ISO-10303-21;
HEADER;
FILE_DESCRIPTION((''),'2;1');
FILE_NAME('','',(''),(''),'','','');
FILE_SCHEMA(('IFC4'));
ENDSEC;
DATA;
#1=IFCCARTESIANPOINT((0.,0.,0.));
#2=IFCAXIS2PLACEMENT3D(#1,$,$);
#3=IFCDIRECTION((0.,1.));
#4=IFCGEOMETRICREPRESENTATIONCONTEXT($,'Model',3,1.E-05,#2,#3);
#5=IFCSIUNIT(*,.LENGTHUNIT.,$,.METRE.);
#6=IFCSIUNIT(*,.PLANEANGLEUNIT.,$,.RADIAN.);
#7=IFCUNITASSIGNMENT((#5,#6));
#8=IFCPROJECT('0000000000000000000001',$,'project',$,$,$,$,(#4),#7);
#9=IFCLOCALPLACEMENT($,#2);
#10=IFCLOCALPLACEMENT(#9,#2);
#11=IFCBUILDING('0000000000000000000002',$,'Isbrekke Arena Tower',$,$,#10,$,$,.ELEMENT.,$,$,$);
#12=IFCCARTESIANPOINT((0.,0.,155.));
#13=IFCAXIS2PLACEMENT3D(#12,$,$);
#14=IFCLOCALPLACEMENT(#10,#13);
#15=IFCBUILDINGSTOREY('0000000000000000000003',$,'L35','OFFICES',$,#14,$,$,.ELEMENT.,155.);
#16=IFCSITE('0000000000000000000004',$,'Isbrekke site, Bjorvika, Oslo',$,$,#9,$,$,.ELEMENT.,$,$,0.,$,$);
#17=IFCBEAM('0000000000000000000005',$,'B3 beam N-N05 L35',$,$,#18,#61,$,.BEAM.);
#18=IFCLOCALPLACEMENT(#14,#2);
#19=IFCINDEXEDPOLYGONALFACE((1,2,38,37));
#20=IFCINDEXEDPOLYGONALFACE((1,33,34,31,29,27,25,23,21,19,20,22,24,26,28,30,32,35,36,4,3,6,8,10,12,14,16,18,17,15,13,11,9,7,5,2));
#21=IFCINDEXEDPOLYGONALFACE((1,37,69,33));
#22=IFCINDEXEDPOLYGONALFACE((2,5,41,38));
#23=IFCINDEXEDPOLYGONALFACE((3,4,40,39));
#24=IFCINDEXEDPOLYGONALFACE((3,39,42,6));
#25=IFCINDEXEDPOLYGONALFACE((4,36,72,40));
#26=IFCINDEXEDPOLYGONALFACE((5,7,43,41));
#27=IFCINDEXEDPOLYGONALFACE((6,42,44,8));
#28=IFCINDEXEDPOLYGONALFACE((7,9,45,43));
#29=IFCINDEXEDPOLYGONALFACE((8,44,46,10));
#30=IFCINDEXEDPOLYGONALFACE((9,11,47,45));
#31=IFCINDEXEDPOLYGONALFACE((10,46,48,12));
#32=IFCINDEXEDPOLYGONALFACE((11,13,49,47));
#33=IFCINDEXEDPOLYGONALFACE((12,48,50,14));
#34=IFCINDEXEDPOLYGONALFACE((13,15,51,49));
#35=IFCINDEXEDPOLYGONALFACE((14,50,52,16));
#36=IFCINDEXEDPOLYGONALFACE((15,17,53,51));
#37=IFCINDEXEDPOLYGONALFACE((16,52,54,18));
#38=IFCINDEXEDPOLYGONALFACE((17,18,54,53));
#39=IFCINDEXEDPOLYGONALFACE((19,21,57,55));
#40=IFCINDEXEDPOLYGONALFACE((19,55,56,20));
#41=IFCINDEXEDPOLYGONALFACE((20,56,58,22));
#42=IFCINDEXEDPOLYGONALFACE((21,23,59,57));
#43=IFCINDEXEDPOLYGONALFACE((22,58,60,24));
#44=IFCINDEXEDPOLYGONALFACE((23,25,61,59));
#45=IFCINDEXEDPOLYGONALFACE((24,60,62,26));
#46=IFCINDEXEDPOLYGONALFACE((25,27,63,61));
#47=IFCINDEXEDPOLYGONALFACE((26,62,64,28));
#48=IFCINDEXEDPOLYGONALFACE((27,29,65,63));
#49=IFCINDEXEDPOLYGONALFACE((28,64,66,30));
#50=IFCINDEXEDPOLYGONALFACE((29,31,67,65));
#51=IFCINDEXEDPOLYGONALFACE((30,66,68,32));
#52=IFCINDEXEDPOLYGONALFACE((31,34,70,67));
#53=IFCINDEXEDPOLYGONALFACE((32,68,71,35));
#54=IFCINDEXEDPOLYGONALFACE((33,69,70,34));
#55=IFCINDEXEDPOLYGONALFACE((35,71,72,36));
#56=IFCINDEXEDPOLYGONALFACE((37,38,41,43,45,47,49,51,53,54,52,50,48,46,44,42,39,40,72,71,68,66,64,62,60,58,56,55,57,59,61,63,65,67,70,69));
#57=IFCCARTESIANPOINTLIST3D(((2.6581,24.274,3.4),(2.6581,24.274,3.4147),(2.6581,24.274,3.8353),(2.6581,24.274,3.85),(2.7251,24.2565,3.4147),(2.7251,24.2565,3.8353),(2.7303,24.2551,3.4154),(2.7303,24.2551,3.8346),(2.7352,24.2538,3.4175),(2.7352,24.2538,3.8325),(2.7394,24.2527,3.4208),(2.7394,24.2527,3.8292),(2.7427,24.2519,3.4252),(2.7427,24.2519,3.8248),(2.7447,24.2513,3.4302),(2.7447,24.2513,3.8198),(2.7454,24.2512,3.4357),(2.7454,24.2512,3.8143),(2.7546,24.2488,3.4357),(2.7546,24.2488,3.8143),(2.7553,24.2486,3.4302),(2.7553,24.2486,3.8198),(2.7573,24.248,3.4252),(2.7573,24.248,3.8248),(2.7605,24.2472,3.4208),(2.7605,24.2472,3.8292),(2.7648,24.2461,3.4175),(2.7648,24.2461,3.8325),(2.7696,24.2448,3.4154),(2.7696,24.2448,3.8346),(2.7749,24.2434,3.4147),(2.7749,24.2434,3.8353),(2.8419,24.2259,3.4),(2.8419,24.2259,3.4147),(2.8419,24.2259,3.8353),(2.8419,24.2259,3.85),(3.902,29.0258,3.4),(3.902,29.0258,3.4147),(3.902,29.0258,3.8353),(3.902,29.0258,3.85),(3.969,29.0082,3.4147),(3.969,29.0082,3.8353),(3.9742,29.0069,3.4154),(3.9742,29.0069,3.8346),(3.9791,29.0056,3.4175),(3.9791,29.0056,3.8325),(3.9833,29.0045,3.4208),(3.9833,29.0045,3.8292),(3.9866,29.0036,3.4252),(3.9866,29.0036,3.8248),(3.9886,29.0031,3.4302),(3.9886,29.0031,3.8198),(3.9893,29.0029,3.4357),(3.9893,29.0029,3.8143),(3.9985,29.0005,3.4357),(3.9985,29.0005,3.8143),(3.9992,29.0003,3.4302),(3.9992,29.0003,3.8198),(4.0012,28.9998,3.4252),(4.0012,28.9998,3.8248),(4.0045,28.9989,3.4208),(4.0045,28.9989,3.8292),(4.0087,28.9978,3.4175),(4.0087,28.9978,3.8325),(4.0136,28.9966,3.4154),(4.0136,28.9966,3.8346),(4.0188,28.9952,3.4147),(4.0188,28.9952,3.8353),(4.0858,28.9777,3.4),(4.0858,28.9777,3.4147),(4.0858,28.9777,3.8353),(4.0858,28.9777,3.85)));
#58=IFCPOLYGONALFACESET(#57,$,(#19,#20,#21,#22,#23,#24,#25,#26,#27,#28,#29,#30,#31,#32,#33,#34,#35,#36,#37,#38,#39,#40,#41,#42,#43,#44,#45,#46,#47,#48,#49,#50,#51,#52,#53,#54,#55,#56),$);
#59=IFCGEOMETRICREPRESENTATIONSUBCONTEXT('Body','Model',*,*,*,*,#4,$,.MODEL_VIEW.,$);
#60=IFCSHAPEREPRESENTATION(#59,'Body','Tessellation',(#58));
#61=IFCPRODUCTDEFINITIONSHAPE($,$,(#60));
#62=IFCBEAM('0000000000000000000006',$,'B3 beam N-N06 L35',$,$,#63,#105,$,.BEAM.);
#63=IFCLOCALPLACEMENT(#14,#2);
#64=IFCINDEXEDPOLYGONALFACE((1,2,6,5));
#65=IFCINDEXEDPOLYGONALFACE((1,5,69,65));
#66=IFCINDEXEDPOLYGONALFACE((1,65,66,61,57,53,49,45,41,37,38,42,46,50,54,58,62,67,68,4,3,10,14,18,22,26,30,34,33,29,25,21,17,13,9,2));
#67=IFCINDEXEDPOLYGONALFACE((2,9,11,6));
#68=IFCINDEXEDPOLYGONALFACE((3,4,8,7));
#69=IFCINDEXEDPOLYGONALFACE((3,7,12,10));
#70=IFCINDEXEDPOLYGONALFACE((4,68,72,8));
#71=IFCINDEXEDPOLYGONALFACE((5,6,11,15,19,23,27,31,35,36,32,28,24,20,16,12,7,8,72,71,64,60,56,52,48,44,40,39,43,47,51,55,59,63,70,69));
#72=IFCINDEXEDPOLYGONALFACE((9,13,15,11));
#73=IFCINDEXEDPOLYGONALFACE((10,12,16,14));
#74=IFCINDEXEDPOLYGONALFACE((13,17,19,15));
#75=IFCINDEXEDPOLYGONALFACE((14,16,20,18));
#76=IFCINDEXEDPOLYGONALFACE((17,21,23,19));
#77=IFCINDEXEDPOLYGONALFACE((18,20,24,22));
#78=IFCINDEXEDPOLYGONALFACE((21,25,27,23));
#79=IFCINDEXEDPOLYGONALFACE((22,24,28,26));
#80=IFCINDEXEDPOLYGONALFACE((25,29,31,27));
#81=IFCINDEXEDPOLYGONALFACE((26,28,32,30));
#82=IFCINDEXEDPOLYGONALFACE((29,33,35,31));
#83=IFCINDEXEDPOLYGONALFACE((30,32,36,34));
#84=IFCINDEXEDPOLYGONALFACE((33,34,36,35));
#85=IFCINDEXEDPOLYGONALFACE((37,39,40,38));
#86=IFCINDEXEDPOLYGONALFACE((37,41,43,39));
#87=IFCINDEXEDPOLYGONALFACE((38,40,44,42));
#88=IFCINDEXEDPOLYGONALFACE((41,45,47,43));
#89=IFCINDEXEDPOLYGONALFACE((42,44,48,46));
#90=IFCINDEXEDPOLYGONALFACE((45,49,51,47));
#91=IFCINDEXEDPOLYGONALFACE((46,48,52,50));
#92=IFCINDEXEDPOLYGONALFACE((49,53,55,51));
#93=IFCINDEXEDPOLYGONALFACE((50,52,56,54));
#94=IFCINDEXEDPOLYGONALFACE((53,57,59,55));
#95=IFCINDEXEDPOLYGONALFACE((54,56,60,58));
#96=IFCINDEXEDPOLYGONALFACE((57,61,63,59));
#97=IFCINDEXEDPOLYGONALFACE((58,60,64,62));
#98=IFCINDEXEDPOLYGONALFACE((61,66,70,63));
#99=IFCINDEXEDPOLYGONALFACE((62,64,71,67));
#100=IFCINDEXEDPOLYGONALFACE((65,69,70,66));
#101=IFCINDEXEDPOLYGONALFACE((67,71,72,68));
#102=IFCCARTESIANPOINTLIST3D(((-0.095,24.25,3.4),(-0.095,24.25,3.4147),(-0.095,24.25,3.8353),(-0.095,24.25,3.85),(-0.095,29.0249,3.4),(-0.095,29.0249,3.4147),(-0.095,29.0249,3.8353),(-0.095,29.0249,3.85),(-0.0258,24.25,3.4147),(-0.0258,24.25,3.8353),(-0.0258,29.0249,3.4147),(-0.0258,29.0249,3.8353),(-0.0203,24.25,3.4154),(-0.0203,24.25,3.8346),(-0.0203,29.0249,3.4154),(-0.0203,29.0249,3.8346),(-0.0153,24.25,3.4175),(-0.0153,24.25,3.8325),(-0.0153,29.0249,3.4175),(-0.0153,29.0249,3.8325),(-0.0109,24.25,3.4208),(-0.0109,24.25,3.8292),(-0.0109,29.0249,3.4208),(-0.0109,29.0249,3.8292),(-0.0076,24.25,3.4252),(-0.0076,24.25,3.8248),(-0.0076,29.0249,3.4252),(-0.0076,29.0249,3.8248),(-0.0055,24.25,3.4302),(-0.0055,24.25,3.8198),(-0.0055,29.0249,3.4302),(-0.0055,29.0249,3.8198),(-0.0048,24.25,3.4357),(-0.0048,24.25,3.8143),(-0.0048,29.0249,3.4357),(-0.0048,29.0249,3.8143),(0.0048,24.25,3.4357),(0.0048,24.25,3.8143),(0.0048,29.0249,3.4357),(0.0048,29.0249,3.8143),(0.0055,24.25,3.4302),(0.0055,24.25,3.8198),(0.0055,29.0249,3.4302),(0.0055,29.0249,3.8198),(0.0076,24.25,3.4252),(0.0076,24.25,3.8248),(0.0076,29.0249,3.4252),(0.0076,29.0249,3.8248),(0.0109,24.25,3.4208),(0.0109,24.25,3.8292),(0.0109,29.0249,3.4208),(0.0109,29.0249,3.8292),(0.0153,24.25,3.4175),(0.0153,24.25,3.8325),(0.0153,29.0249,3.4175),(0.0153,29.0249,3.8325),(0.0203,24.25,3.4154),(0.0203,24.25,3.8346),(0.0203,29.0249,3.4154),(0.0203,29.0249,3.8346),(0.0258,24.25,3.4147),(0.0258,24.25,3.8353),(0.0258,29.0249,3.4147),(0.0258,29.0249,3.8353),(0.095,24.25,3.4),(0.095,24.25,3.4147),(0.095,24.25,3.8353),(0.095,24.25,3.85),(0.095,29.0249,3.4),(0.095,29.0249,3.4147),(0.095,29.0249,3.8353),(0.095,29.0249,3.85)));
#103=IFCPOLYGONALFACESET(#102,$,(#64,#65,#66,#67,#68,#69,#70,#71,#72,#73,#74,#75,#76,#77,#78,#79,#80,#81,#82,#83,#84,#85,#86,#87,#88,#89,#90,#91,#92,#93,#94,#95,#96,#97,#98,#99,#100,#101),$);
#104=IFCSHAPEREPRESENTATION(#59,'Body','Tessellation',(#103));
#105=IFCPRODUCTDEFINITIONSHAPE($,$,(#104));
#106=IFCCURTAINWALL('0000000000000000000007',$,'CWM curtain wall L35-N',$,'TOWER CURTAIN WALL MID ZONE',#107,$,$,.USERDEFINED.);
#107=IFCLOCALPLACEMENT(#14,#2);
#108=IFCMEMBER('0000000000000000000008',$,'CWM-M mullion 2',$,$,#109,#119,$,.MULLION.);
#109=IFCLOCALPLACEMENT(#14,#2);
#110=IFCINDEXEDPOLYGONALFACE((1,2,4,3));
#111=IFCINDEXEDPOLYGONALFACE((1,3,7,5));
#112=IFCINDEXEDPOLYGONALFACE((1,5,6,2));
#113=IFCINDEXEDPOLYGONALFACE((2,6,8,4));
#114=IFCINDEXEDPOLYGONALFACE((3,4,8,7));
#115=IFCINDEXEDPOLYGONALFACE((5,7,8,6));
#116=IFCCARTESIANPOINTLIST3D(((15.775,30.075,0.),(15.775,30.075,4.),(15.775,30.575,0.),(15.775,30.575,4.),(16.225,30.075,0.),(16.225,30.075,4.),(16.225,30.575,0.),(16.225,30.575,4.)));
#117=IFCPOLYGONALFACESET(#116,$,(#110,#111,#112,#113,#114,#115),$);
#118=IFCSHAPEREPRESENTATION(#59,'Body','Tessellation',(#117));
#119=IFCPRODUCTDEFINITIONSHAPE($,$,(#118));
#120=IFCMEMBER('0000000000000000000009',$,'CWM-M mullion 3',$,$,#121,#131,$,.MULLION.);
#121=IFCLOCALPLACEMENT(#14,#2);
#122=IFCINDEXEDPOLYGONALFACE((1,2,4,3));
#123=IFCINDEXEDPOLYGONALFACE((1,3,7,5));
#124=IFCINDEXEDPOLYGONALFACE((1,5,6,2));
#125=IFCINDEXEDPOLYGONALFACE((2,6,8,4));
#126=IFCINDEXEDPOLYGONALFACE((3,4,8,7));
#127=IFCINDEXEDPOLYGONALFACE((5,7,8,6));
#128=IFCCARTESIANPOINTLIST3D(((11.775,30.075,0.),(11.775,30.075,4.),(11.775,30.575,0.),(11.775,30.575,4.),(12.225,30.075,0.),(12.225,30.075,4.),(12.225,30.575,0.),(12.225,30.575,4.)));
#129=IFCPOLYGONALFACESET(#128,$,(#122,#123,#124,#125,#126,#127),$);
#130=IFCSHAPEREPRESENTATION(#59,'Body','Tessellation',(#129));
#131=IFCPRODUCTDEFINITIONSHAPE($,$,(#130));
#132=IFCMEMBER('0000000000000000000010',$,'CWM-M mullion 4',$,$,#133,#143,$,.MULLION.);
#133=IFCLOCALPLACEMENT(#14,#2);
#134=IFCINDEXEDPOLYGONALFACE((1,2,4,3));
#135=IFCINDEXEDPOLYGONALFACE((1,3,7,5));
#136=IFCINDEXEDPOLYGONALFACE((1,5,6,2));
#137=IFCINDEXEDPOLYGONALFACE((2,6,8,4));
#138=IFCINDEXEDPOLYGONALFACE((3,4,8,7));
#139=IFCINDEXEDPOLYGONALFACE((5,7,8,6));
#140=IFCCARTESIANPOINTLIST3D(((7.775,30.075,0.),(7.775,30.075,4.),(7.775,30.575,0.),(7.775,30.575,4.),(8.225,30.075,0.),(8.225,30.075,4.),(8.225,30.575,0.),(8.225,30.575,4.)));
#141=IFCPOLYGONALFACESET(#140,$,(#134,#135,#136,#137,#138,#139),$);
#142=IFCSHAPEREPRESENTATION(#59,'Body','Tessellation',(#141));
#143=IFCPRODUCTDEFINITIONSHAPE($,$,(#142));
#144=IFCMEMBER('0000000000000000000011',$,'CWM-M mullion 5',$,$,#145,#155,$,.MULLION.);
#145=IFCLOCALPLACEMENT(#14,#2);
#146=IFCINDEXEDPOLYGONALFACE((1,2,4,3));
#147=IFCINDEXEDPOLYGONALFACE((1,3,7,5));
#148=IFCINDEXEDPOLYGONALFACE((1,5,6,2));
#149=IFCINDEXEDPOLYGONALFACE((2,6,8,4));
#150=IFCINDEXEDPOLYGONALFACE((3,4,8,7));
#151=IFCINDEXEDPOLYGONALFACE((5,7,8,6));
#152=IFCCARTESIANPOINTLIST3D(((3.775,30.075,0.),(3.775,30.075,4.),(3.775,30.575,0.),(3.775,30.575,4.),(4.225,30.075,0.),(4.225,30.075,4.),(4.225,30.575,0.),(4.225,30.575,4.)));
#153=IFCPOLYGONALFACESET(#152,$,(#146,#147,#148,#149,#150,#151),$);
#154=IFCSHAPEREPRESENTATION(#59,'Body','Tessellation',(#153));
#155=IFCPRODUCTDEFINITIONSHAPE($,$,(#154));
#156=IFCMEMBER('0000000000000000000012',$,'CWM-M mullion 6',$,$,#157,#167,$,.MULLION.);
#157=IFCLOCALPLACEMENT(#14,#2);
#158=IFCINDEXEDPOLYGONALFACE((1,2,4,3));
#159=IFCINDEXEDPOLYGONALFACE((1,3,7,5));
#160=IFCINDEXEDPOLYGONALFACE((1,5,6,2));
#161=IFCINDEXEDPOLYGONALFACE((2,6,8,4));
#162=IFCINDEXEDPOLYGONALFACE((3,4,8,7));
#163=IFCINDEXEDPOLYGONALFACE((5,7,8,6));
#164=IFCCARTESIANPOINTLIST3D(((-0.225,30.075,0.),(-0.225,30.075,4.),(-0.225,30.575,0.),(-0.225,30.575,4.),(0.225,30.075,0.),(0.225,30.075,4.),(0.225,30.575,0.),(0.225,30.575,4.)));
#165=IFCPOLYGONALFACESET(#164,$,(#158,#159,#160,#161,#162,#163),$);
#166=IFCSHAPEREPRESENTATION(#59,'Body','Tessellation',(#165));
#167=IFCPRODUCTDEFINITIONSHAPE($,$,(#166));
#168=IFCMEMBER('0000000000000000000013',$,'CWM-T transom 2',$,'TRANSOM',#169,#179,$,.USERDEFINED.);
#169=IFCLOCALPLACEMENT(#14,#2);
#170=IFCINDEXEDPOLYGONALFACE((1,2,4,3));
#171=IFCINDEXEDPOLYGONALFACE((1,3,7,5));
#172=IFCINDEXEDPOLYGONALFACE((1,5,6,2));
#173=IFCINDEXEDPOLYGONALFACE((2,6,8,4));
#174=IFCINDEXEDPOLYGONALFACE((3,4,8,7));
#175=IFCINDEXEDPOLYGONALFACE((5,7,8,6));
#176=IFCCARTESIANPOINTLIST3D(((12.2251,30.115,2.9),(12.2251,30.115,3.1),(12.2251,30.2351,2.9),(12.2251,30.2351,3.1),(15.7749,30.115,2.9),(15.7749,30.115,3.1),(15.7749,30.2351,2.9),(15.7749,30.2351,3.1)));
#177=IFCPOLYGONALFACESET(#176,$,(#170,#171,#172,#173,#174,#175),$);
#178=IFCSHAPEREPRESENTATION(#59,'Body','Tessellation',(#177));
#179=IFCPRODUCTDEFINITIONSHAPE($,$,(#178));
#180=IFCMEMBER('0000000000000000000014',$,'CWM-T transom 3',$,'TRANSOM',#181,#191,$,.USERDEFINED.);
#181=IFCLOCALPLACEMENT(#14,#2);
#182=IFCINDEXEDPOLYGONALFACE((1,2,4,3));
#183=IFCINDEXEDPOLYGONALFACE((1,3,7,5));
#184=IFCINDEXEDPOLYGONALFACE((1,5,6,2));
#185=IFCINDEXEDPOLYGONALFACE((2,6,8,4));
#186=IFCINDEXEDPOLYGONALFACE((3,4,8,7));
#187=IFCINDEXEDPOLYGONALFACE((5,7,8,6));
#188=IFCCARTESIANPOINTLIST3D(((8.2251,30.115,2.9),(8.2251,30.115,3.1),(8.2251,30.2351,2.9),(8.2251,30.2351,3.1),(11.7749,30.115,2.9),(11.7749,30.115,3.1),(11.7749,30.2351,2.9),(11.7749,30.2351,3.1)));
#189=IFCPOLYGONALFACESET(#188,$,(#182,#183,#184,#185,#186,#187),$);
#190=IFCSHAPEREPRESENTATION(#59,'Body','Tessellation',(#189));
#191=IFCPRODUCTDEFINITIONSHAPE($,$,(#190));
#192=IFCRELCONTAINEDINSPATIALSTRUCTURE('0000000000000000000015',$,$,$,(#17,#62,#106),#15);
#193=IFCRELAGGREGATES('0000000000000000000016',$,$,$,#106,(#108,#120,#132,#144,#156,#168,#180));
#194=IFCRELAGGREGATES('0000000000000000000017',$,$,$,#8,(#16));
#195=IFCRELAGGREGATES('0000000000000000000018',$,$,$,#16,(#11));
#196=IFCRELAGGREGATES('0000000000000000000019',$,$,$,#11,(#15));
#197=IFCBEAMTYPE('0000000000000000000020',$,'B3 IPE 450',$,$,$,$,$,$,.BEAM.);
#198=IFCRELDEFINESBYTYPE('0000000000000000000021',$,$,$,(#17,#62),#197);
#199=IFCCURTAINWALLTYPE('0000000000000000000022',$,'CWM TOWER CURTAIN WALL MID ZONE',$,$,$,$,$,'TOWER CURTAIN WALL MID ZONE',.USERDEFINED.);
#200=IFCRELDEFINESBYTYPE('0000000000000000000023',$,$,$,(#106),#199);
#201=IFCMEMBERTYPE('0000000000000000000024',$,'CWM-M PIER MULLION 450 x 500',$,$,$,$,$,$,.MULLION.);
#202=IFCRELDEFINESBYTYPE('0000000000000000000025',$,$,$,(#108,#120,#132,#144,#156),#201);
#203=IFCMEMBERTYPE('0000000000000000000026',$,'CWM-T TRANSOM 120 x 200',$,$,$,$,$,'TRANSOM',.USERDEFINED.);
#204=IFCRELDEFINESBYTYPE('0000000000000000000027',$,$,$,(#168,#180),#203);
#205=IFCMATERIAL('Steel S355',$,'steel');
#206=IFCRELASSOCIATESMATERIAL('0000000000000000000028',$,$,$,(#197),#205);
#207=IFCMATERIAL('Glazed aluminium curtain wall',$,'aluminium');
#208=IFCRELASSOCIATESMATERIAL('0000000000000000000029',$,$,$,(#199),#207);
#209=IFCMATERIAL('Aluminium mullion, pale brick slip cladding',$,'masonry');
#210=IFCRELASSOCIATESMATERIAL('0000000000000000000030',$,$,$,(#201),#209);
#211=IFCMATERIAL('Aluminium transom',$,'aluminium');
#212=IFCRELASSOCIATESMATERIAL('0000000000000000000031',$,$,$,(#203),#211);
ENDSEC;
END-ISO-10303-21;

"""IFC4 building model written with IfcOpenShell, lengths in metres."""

from ifc_helpers import new_model, si_unit, direction, frame, origin, origin_2d, place, context, subcontext, project, spatial, rectangle, i_section, extrude, material, material_profile, profile_set, type_object, element, aggregate, save


model = new_model("IFC4")

# Units and contexts
model_context = context("Model", 3, precision=1e-05, world=origin(), true_north=direction((0.0, 1.0)))
body_context = subcontext(model_context, "Body", "Model", "MODEL_VIEW")
ifc_project = project(units=[si_unit("LENGTHUNIT", "METRE"), si_unit("PLANEANGLEUNIT", "RADIAN")], contexts=[model_context])

# Site, building, storey
site_placement = place(None, origin())
site = spatial("IfcSite", under=ifc_project, at=site_placement, Name="Isbrekke site, Bjorvika, Oslo", CompositionType="ELEMENT", RefElevation=0.0)
building_placement = place(site_placement, origin())
building = spatial("IfcBuilding", under=site, at=building_placement, Name="Isbrekke Arena Tower", CompositionType="ELEMENT")
storey_placement = place(building_placement, frame((0.0, 0.0, 155.0)))
storey = spatial("IfcBuildingStorey", under=building, at=storey_placement, Name="L35", Description="OFFICES", CompositionType="ELEMENT", Elevation=155.0)

# Beams
ifc_material_1 = material(Name="Steel S355", Category="steel")
ifc_material_profile_1 = material_profile(ifc_material_1, i_section(OverallWidth=0.1899, OverallDepth=0.45, WebThickness=0.0095, FlangeThickness=0.0146, FilletRadius=0.021, at=origin_2d()), Name="IPE 450")
ifc_profile_set_1 = profile_set([ifc_material_profile_1], Name="Steel S355")
beam_type_1 = type_object("IfcBeamType", Name="B3 IPE 450", PredefinedType="BEAM", material=ifc_profile_set_1)
beam_1_placement = place(storey_placement, frame((3.9939, 29.0017, 3.625), z_axis=(-0.253245, -0.967402, 0.0), x_axis=(0.967402, -0.253245, 0.0)))
element("IfcBeam", 1, at=beam_1_placement, inside=storey, type_object=beam_type_1, Name="B3 beam N-N05 L35", PredefinedType="BEAM", context=body_context, shape_type="SweptSolid", body=[
    extrude(i_section(OverallWidth=0.1899, OverallDepth=0.45, WebThickness=0.0095, FlangeThickness=0.0146, FilletRadius=0.021, at=origin_2d()), origin(), (0.0, 0.0, 1.0), 4.9119),
])
beam_2_placement = place(storey_placement, frame((0.0, 29.0249, 3.625), z_axis=(0.0, -1.0, 0.0), x_axis=(1.0, 0.0, 0.0)))
element("IfcBeam", 2, at=beam_2_placement, inside=storey, type_object=beam_type_1, Name="B3 beam N-N06 L35", PredefinedType="BEAM", context=body_context, shape_type="SweptSolid", body=[
    extrude(i_section(OverallWidth=0.1899, OverallDepth=0.45, WebThickness=0.0095, FlangeThickness=0.0146, FilletRadius=0.021, at=origin_2d()), origin(), (0.0, 0.0, 1.0), 4.7749),
])

# Curtain wall, members
ifc_material_2 = material(Name="Glazed aluminium curtain wall", Category="aluminium")
curtain_wall_type = type_object("IfcCurtainWallType", Name="CWM TOWER CURTAIN WALL MID ZONE", ElementType="TOWER CURTAIN WALL MID ZONE", PredefinedType="USERDEFINED", material=ifc_material_2)
curtain_wall_placement = place(storey_placement, origin())
curtain_wall = element("IfcCurtainWall", 3, at=curtain_wall_placement, inside=storey, type_object=curtain_wall_type, Name="CWM curtain wall L35-N", ObjectType="TOWER CURTAIN WALL MID ZONE", PredefinedType="USERDEFINED")
ifc_material_3 = material(Name="Aluminium mullion, pale brick slip cladding", Category="masonry")
ifc_material_profile_2 = material_profile(ifc_material_3, rectangle(XDim=0.45, YDim=0.5, at=origin_2d()), Name="PIER 450X500")
ifc_profile_set_2 = profile_set([ifc_material_profile_2], Name="Aluminium mullion, pale brick slip cladding")
member_type_1 = type_object("IfcMemberType", Name="CWM-M PIER MULLION 450 x 500", PredefinedType="MULLION", material=ifc_profile_set_2)
member_1_placement = place(storey_placement, frame((16.0, 30.325, 0.0), z_axis=(0.0, 0.0, 1.0), x_axis=(-1.0, 0.0, 0.0)))
member_1 = element("IfcMember", 4, at=member_1_placement, type_object=member_type_1, Name="CWM-M mullion 2", PredefinedType="MULLION", context=body_context, shape_type="SweptSolid", body=[
    extrude(rectangle(XDim=0.45, YDim=0.5, at=origin_2d()), origin(), (0.0, 0.0, 1.0), 4.0),
])
member_2_placement = place(storey_placement, frame((12.0, 30.325, 0.0), z_axis=(0.0, 0.0, 1.0), x_axis=(-1.0, 0.0, 0.0)))
member_2 = element("IfcMember", 5, at=member_2_placement, type_object=member_type_1, Name="CWM-M mullion 3", PredefinedType="MULLION", context=body_context, shape_type="SweptSolid", body=[
    extrude(rectangle(XDim=0.45, YDim=0.5, at=origin_2d()), origin(), (0.0, 0.0, 1.0), 4.0),
])
member_3_placement = place(storey_placement, frame((8.0, 30.325, 0.0), z_axis=(0.0, 0.0, 1.0), x_axis=(-1.0, 0.0, 0.0)))
member_3 = element("IfcMember", 6, at=member_3_placement, type_object=member_type_1, Name="CWM-M mullion 4", PredefinedType="MULLION", context=body_context, shape_type="SweptSolid", body=[
    extrude(rectangle(XDim=0.45, YDim=0.5, at=origin_2d()), origin(), (0.0, 0.0, 1.0), 4.0),
])
member_4_placement = place(storey_placement, frame((4.0, 30.325, 0.0), z_axis=(0.0, 0.0, 1.0), x_axis=(-1.0, 0.0, 0.0)))
member_4 = element("IfcMember", 7, at=member_4_placement, type_object=member_type_1, Name="CWM-M mullion 5", PredefinedType="MULLION", context=body_context, shape_type="SweptSolid", body=[
    extrude(rectangle(XDim=0.45, YDim=0.5, at=origin_2d()), origin(), (0.0, 0.0, 1.0), 4.0),
])
member_5_placement = place(storey_placement, frame((0.0, 30.325, 0.0), z_axis=(0.0, 0.0, 1.0), x_axis=(-1.0, 0.0, 0.0)))
member_5 = element("IfcMember", 8, at=member_5_placement, type_object=member_type_1, Name="CWM-M mullion 6", PredefinedType="MULLION", context=body_context, shape_type="SweptSolid", body=[
    extrude(rectangle(XDim=0.45, YDim=0.5, at=origin_2d()), origin(), (0.0, 0.0, 1.0), 4.0),
])
ifc_material_4 = material(Name="Aluminium transom", Category="aluminium")
ifc_material_profile_3 = material_profile(ifc_material_4, rectangle(XDim=0.1201, YDim=0.2, at=origin_2d()), Name="TRANSOM 120X200")
ifc_profile_set_3 = profile_set([ifc_material_profile_3], Name="Aluminium transom")
member_type_2 = type_object("IfcMemberType", Name="CWM-T TRANSOM 120 x 200", ElementType="TRANSOM", PredefinedType="USERDEFINED", material=ifc_profile_set_3)
member_6_placement = place(storey_placement, frame((15.7749, 30.175, 3.0), z_axis=(-1.0, 0.0, 0.0), x_axis=(0.0, -1.0, 0.0)))
member_6 = element("IfcMember", 9, at=member_6_placement, type_object=member_type_2, Name="CWM-T transom 2", ObjectType="TRANSOM", PredefinedType="USERDEFINED", context=body_context, shape_type="SweptSolid", body=[
    extrude(rectangle(XDim=0.1201, YDim=0.2, at=origin_2d()), origin(), (0.0, 0.0, 1.0), 3.5498),
])
member_7_placement = place(storey_placement, frame((11.7749, 30.175, 3.0), z_axis=(-1.0, 0.0, 0.0), x_axis=(0.0, -1.0, 0.0)))
member_7 = element("IfcMember", 10, at=member_7_placement, type_object=member_type_2, Name="CWM-T transom 3", ObjectType="TRANSOM", PredefinedType="USERDEFINED", context=body_context, shape_type="SweptSolid", body=[
    extrude(rectangle(XDim=0.1201, YDim=0.2, at=origin_2d()), origin(), (0.0, 0.0, 1.0), 3.5498),
])

aggregate(curtain_wall, [member_1, member_2, member_3, member_4, member_5, member_6, member_7])

save(model, "model.ifc")
